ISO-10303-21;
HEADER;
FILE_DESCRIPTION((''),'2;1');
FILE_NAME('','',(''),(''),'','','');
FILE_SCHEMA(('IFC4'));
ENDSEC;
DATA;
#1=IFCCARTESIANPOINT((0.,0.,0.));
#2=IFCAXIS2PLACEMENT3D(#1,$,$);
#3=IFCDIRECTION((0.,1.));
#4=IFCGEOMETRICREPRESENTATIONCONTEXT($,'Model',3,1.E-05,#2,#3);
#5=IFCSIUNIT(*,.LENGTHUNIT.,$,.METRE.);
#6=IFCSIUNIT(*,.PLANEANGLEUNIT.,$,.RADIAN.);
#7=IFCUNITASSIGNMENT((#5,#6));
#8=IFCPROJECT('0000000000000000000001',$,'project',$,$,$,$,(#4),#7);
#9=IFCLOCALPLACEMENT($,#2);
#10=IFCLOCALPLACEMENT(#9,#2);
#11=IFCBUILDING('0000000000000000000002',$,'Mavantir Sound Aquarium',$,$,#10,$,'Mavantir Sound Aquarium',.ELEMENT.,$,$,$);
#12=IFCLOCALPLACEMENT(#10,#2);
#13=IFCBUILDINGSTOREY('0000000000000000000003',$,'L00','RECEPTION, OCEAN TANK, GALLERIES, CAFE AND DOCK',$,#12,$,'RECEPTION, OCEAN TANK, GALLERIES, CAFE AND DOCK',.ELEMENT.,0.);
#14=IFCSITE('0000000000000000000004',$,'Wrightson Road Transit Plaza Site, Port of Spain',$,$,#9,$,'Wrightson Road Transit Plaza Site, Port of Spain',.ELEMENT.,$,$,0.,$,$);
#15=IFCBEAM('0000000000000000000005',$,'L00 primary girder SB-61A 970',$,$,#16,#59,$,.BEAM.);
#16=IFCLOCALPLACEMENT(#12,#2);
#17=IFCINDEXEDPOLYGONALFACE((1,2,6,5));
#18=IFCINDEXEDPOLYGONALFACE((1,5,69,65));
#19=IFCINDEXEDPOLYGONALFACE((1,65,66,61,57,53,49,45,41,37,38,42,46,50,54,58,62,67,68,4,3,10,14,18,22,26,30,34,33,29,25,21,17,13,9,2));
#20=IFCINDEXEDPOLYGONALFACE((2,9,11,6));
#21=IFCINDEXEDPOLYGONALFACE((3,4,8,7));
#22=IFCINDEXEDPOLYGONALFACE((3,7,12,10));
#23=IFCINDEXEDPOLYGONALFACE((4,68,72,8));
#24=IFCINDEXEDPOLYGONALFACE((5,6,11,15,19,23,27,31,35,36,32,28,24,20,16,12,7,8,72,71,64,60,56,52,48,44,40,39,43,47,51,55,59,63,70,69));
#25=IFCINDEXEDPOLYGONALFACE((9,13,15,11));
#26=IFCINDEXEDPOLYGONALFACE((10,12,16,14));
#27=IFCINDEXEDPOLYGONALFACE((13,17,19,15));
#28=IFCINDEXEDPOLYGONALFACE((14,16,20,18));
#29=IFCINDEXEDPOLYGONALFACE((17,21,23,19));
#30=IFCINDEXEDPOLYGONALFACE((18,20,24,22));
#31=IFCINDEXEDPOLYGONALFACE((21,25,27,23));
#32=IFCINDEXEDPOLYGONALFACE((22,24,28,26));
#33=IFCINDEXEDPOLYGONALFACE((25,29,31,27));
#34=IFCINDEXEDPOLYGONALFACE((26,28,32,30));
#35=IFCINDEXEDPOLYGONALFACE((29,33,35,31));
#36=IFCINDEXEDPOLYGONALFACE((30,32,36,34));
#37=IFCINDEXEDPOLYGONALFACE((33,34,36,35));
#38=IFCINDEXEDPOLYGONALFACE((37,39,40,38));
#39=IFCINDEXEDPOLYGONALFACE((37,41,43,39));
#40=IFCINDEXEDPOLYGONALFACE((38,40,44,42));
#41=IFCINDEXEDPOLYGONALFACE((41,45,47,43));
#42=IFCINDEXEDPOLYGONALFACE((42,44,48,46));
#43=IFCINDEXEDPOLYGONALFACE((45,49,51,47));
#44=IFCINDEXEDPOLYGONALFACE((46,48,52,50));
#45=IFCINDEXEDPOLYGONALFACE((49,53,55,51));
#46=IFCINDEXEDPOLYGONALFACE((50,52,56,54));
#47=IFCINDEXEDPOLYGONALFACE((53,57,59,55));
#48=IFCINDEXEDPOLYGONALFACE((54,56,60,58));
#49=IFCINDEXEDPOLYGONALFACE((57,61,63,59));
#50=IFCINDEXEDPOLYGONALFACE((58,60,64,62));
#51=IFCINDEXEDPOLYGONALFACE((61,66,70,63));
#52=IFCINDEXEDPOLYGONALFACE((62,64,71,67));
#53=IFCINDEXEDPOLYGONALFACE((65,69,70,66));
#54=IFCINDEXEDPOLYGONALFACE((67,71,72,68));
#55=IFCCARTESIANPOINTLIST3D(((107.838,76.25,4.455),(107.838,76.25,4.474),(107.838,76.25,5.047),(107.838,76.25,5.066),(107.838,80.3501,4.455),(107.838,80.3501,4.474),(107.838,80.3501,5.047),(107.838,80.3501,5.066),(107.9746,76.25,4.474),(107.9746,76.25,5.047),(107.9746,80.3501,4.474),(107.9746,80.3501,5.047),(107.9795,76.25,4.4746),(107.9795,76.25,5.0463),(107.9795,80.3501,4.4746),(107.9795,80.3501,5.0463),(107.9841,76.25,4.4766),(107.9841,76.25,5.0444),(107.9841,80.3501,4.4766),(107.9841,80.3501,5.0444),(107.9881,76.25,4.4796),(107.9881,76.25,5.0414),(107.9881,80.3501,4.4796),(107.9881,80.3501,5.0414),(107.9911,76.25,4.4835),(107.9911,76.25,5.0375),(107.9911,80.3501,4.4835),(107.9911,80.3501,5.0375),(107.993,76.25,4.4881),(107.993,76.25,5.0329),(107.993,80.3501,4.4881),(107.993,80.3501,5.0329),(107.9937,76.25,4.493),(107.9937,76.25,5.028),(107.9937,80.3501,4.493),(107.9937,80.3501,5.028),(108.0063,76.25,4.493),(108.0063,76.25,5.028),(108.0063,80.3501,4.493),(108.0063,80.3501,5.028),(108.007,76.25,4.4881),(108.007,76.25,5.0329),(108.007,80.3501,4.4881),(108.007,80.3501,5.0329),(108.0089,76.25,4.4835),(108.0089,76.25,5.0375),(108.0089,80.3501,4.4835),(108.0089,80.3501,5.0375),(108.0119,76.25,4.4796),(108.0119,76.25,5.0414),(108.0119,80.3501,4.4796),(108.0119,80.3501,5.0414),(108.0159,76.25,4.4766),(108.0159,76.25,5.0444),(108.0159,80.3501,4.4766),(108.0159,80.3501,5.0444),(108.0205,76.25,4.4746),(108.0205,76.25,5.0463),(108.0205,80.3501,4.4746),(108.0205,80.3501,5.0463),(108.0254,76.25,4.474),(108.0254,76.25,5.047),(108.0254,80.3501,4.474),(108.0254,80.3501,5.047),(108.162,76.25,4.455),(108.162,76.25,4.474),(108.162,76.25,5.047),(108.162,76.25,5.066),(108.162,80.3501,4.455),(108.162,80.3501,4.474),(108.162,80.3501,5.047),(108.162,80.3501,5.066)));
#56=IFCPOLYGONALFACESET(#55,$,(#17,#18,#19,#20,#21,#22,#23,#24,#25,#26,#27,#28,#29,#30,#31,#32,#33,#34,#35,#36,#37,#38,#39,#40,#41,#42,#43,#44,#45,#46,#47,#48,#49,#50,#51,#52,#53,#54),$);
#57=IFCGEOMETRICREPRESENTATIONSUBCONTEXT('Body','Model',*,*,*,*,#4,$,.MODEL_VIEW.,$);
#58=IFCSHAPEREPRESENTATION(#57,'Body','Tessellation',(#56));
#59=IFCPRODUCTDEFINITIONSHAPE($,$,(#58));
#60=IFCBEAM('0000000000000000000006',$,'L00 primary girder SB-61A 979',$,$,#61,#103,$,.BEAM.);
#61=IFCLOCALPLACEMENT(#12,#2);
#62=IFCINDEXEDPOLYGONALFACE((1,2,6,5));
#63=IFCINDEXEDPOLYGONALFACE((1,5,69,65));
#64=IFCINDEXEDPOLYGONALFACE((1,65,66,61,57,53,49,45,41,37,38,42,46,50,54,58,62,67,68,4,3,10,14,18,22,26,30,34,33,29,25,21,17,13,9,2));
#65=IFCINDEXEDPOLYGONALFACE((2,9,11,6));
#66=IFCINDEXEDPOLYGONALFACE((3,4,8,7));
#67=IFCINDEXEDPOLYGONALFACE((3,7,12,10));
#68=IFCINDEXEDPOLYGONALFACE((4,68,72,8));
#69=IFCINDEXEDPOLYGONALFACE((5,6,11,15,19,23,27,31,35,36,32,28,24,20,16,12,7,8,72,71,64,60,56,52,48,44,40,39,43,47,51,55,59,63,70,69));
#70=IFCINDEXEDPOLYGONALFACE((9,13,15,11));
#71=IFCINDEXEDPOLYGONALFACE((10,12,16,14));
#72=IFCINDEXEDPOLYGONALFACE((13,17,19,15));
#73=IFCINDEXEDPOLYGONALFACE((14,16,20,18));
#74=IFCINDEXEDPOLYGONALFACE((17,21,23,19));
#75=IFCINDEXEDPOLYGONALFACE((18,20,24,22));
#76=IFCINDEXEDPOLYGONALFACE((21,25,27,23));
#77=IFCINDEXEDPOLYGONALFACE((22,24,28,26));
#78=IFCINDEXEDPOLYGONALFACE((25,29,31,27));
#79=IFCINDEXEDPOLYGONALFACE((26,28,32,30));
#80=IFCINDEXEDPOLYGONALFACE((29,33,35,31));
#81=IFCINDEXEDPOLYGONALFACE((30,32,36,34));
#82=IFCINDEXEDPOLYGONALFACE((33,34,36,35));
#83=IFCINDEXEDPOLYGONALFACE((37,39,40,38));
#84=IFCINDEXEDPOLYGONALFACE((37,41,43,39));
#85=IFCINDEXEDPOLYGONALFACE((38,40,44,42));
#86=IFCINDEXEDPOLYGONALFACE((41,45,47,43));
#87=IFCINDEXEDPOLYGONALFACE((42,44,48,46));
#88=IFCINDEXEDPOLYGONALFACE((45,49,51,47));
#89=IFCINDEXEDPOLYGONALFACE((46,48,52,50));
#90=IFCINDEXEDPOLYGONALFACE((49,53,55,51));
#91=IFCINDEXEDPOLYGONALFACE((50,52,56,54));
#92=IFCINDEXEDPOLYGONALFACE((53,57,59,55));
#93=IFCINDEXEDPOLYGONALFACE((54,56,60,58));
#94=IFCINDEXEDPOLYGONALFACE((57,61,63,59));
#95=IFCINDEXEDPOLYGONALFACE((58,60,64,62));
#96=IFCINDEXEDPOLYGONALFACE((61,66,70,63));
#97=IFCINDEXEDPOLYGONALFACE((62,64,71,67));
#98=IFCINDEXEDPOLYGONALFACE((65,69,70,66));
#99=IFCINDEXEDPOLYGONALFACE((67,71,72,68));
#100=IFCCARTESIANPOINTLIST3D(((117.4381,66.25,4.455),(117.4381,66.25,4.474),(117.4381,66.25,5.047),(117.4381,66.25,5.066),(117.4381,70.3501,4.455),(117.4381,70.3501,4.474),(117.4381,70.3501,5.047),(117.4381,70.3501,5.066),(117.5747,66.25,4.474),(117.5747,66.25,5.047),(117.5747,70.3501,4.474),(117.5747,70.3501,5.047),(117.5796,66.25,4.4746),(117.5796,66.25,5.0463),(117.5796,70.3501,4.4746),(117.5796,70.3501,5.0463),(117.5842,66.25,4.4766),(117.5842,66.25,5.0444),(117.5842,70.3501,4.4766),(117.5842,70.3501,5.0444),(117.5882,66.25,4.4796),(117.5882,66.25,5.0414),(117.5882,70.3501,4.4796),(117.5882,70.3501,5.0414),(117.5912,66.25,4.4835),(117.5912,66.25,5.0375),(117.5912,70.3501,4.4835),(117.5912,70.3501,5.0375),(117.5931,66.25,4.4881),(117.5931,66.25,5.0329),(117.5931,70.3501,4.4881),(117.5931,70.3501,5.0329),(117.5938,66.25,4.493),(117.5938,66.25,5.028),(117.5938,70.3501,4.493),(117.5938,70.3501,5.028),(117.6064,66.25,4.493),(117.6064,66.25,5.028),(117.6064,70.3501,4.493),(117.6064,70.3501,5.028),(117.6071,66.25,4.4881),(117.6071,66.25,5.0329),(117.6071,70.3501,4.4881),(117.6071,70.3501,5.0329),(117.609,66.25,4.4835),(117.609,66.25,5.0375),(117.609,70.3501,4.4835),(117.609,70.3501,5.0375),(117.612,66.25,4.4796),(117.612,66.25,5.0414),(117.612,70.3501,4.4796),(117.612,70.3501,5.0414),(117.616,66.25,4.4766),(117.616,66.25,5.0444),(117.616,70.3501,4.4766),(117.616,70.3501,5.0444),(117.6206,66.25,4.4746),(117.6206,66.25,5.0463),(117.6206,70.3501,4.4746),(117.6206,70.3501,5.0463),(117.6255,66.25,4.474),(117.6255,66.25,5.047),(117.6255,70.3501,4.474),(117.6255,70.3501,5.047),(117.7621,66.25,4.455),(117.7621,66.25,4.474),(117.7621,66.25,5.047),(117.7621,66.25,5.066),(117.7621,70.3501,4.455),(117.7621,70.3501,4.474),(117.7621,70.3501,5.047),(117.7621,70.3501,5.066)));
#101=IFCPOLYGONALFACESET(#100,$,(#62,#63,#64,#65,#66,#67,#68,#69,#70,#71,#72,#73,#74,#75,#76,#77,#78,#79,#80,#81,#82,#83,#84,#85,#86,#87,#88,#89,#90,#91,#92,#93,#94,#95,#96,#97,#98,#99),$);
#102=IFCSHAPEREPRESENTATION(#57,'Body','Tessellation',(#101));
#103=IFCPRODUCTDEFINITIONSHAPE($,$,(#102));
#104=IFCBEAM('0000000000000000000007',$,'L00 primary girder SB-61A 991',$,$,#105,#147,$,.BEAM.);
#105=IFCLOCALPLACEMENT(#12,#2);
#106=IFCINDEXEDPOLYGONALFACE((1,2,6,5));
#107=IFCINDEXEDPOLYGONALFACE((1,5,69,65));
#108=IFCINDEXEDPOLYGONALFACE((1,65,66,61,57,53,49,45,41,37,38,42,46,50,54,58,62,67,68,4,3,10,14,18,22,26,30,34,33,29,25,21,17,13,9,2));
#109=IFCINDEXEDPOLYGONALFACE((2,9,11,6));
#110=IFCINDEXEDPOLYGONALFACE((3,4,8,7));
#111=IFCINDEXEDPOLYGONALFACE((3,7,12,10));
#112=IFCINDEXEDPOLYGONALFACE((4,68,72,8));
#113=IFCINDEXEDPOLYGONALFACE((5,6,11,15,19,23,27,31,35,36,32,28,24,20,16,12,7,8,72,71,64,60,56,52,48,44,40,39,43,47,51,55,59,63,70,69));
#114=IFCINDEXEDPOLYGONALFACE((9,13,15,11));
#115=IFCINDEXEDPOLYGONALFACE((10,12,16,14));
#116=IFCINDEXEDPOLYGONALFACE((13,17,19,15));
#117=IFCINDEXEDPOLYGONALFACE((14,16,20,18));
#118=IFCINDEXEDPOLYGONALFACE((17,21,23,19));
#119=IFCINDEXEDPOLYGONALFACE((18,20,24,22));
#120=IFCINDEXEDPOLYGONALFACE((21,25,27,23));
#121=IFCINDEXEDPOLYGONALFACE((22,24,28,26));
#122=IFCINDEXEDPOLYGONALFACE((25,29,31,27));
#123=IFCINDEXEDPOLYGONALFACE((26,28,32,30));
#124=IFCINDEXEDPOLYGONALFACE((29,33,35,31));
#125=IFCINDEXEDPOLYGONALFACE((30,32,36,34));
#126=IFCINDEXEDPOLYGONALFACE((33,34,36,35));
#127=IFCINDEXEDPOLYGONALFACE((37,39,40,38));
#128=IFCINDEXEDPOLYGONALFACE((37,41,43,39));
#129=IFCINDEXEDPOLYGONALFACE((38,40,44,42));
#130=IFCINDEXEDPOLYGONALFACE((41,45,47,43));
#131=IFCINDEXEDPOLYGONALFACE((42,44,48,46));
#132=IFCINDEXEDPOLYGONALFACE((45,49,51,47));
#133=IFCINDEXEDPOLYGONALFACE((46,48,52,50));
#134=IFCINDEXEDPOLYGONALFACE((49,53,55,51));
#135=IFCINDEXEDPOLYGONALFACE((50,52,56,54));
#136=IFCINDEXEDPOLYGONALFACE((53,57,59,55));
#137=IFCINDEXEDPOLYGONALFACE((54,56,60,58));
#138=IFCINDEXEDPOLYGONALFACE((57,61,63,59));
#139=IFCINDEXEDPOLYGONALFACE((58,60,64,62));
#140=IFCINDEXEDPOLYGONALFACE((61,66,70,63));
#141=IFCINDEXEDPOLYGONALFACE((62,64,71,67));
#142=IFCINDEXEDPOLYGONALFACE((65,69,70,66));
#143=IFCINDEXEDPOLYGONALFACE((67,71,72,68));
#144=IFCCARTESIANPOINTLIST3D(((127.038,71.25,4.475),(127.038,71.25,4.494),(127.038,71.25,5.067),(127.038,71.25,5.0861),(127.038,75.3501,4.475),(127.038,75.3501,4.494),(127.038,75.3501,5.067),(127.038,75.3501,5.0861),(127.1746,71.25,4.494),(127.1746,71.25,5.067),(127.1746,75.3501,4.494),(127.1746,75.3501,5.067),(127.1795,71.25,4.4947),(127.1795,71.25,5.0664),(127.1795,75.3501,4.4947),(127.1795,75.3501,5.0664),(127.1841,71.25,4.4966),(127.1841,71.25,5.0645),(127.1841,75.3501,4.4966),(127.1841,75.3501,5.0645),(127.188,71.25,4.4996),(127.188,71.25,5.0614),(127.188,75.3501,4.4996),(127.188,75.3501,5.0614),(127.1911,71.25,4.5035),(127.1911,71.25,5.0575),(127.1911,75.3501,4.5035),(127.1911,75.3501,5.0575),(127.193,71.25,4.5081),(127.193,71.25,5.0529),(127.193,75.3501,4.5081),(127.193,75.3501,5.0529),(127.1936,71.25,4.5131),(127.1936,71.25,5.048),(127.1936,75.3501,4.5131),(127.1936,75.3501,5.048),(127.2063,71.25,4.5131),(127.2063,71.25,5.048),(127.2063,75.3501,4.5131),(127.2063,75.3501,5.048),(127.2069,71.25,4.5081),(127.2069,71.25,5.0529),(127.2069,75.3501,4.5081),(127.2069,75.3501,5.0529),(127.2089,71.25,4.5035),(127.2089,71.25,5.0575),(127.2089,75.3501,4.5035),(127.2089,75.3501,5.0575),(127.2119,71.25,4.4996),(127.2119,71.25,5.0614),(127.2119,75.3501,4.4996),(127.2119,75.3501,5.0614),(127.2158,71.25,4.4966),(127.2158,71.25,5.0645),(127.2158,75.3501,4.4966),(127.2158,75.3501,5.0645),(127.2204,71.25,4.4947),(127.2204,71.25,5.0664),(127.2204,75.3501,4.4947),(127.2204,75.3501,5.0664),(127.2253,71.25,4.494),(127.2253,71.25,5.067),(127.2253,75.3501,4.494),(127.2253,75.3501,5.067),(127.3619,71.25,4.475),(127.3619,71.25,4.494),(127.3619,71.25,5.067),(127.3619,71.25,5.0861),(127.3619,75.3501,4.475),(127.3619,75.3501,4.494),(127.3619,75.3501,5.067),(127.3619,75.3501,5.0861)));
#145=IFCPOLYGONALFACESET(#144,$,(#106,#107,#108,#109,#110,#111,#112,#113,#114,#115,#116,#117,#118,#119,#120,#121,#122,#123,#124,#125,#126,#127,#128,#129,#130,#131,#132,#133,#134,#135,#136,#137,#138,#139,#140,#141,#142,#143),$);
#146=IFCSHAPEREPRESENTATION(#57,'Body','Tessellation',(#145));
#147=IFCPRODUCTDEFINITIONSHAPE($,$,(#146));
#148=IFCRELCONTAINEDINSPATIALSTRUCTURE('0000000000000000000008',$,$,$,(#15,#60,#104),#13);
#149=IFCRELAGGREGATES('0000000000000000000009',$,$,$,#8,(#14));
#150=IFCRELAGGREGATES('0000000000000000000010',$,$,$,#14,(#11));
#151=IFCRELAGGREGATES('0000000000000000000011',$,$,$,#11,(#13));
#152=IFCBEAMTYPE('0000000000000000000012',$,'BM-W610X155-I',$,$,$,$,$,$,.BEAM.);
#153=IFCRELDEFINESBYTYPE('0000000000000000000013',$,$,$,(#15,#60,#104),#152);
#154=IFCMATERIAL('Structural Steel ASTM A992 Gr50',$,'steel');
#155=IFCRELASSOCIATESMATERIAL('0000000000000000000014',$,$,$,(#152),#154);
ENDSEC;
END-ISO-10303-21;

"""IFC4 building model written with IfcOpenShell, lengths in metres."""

from ifc_helpers import new_model, si_unit, direction, frame, origin, origin_2d, place, context, subcontext, project, spatial, i_section, extrude, material, material_profile, profile_set, type_object, element, save


model = new_model("IFC4")

# Units and contexts
model_context = context("Model", 3, precision=1e-05, world=origin(), true_north=direction((0.0, 1.0)))
body_context = subcontext(model_context, "Body", "Model", "MODEL_VIEW")
ifc_project = project(units=[si_unit("LENGTHUNIT", "METRE"), si_unit("PLANEANGLEUNIT", "RADIAN")], contexts=[model_context])

# Site, building, storey
site_placement = place(None, origin())
site = spatial("IfcSite", under=ifc_project, at=site_placement, Name="Wrightson Road Transit Plaza Site, Port of Spain", LongName="Wrightson Road Transit Plaza Site, Port of Spain", CompositionType="ELEMENT", RefElevation=0.0)
building_placement = place(site_placement, origin())
building = spatial("IfcBuilding", under=site, at=building_placement, Name="Mavantir Sound Aquarium", LongName="Mavantir Sound Aquarium", CompositionType="ELEMENT")
storey_placement = place(building_placement, origin())
storey = spatial("IfcBuildingStorey", under=building, at=storey_placement, Name="L00", Description="RECEPTION, OCEAN TANK, GALLERIES, CAFE AND DOCK", LongName="RECEPTION, OCEAN TANK, GALLERIES, CAFE AND DOCK", CompositionType="ELEMENT", Elevation=0.0)

# Beams
ifc_material_1 = material(Name="Structural Steel ASTM A992 Gr50", Category="steel")
ifc_material_profile_1 = material_profile(ifc_material_1, i_section(OverallWidth=0.324, OverallDepth=0.6111, WebThickness=0.0127, FlangeThickness=0.019, FilletRadius=0.019, at=origin_2d()), Name="W610X155")
ifc_profile_set_1 = profile_set([ifc_material_profile_1], Name="Structural Steel ASTM A992 Gr50")
beam_type_1 = type_object("IfcBeamType", Name="BM-W610X155-I", PredefinedType="BEAM", material=ifc_profile_set_1)
for number, where, z_axis, x_axis, name in (
    (1, (108.0, 76.25, 4.7605), (0.0, 1.0, 0.0), (-1.0, 0.0, 0.0), "L00 primary girder SB-61A 970"),
    (2, (117.6001, 66.25, 4.7605), (0.0, 1.0, 0.0), (-1.0, 0.0, 0.0), "L00 primary girder SB-61A 979"),
    (3, (127.2, 71.25, 4.7805), (0.0, 1.0, 0.0), (-1.0, 0.0, 0.0), "L00 primary girder SB-61A 991"),
):
    element("IfcBeam", number, at=place(storey_placement, frame(where, z_axis=z_axis, x_axis=x_axis)), inside=storey, type_object=beam_type_1, Name=name, PredefinedType="BEAM", context=body_context, shape_type="SweptSolid", body=[
        extrude(i_section(OverallWidth=0.324, OverallDepth=0.6111, WebThickness=0.0127, FlangeThickness=0.019, FilletRadius=0.019, at=origin_2d()), origin(), (0.0, 0.0, 1.0), 4.1001),
    ])

save(model, "model.ifc")
